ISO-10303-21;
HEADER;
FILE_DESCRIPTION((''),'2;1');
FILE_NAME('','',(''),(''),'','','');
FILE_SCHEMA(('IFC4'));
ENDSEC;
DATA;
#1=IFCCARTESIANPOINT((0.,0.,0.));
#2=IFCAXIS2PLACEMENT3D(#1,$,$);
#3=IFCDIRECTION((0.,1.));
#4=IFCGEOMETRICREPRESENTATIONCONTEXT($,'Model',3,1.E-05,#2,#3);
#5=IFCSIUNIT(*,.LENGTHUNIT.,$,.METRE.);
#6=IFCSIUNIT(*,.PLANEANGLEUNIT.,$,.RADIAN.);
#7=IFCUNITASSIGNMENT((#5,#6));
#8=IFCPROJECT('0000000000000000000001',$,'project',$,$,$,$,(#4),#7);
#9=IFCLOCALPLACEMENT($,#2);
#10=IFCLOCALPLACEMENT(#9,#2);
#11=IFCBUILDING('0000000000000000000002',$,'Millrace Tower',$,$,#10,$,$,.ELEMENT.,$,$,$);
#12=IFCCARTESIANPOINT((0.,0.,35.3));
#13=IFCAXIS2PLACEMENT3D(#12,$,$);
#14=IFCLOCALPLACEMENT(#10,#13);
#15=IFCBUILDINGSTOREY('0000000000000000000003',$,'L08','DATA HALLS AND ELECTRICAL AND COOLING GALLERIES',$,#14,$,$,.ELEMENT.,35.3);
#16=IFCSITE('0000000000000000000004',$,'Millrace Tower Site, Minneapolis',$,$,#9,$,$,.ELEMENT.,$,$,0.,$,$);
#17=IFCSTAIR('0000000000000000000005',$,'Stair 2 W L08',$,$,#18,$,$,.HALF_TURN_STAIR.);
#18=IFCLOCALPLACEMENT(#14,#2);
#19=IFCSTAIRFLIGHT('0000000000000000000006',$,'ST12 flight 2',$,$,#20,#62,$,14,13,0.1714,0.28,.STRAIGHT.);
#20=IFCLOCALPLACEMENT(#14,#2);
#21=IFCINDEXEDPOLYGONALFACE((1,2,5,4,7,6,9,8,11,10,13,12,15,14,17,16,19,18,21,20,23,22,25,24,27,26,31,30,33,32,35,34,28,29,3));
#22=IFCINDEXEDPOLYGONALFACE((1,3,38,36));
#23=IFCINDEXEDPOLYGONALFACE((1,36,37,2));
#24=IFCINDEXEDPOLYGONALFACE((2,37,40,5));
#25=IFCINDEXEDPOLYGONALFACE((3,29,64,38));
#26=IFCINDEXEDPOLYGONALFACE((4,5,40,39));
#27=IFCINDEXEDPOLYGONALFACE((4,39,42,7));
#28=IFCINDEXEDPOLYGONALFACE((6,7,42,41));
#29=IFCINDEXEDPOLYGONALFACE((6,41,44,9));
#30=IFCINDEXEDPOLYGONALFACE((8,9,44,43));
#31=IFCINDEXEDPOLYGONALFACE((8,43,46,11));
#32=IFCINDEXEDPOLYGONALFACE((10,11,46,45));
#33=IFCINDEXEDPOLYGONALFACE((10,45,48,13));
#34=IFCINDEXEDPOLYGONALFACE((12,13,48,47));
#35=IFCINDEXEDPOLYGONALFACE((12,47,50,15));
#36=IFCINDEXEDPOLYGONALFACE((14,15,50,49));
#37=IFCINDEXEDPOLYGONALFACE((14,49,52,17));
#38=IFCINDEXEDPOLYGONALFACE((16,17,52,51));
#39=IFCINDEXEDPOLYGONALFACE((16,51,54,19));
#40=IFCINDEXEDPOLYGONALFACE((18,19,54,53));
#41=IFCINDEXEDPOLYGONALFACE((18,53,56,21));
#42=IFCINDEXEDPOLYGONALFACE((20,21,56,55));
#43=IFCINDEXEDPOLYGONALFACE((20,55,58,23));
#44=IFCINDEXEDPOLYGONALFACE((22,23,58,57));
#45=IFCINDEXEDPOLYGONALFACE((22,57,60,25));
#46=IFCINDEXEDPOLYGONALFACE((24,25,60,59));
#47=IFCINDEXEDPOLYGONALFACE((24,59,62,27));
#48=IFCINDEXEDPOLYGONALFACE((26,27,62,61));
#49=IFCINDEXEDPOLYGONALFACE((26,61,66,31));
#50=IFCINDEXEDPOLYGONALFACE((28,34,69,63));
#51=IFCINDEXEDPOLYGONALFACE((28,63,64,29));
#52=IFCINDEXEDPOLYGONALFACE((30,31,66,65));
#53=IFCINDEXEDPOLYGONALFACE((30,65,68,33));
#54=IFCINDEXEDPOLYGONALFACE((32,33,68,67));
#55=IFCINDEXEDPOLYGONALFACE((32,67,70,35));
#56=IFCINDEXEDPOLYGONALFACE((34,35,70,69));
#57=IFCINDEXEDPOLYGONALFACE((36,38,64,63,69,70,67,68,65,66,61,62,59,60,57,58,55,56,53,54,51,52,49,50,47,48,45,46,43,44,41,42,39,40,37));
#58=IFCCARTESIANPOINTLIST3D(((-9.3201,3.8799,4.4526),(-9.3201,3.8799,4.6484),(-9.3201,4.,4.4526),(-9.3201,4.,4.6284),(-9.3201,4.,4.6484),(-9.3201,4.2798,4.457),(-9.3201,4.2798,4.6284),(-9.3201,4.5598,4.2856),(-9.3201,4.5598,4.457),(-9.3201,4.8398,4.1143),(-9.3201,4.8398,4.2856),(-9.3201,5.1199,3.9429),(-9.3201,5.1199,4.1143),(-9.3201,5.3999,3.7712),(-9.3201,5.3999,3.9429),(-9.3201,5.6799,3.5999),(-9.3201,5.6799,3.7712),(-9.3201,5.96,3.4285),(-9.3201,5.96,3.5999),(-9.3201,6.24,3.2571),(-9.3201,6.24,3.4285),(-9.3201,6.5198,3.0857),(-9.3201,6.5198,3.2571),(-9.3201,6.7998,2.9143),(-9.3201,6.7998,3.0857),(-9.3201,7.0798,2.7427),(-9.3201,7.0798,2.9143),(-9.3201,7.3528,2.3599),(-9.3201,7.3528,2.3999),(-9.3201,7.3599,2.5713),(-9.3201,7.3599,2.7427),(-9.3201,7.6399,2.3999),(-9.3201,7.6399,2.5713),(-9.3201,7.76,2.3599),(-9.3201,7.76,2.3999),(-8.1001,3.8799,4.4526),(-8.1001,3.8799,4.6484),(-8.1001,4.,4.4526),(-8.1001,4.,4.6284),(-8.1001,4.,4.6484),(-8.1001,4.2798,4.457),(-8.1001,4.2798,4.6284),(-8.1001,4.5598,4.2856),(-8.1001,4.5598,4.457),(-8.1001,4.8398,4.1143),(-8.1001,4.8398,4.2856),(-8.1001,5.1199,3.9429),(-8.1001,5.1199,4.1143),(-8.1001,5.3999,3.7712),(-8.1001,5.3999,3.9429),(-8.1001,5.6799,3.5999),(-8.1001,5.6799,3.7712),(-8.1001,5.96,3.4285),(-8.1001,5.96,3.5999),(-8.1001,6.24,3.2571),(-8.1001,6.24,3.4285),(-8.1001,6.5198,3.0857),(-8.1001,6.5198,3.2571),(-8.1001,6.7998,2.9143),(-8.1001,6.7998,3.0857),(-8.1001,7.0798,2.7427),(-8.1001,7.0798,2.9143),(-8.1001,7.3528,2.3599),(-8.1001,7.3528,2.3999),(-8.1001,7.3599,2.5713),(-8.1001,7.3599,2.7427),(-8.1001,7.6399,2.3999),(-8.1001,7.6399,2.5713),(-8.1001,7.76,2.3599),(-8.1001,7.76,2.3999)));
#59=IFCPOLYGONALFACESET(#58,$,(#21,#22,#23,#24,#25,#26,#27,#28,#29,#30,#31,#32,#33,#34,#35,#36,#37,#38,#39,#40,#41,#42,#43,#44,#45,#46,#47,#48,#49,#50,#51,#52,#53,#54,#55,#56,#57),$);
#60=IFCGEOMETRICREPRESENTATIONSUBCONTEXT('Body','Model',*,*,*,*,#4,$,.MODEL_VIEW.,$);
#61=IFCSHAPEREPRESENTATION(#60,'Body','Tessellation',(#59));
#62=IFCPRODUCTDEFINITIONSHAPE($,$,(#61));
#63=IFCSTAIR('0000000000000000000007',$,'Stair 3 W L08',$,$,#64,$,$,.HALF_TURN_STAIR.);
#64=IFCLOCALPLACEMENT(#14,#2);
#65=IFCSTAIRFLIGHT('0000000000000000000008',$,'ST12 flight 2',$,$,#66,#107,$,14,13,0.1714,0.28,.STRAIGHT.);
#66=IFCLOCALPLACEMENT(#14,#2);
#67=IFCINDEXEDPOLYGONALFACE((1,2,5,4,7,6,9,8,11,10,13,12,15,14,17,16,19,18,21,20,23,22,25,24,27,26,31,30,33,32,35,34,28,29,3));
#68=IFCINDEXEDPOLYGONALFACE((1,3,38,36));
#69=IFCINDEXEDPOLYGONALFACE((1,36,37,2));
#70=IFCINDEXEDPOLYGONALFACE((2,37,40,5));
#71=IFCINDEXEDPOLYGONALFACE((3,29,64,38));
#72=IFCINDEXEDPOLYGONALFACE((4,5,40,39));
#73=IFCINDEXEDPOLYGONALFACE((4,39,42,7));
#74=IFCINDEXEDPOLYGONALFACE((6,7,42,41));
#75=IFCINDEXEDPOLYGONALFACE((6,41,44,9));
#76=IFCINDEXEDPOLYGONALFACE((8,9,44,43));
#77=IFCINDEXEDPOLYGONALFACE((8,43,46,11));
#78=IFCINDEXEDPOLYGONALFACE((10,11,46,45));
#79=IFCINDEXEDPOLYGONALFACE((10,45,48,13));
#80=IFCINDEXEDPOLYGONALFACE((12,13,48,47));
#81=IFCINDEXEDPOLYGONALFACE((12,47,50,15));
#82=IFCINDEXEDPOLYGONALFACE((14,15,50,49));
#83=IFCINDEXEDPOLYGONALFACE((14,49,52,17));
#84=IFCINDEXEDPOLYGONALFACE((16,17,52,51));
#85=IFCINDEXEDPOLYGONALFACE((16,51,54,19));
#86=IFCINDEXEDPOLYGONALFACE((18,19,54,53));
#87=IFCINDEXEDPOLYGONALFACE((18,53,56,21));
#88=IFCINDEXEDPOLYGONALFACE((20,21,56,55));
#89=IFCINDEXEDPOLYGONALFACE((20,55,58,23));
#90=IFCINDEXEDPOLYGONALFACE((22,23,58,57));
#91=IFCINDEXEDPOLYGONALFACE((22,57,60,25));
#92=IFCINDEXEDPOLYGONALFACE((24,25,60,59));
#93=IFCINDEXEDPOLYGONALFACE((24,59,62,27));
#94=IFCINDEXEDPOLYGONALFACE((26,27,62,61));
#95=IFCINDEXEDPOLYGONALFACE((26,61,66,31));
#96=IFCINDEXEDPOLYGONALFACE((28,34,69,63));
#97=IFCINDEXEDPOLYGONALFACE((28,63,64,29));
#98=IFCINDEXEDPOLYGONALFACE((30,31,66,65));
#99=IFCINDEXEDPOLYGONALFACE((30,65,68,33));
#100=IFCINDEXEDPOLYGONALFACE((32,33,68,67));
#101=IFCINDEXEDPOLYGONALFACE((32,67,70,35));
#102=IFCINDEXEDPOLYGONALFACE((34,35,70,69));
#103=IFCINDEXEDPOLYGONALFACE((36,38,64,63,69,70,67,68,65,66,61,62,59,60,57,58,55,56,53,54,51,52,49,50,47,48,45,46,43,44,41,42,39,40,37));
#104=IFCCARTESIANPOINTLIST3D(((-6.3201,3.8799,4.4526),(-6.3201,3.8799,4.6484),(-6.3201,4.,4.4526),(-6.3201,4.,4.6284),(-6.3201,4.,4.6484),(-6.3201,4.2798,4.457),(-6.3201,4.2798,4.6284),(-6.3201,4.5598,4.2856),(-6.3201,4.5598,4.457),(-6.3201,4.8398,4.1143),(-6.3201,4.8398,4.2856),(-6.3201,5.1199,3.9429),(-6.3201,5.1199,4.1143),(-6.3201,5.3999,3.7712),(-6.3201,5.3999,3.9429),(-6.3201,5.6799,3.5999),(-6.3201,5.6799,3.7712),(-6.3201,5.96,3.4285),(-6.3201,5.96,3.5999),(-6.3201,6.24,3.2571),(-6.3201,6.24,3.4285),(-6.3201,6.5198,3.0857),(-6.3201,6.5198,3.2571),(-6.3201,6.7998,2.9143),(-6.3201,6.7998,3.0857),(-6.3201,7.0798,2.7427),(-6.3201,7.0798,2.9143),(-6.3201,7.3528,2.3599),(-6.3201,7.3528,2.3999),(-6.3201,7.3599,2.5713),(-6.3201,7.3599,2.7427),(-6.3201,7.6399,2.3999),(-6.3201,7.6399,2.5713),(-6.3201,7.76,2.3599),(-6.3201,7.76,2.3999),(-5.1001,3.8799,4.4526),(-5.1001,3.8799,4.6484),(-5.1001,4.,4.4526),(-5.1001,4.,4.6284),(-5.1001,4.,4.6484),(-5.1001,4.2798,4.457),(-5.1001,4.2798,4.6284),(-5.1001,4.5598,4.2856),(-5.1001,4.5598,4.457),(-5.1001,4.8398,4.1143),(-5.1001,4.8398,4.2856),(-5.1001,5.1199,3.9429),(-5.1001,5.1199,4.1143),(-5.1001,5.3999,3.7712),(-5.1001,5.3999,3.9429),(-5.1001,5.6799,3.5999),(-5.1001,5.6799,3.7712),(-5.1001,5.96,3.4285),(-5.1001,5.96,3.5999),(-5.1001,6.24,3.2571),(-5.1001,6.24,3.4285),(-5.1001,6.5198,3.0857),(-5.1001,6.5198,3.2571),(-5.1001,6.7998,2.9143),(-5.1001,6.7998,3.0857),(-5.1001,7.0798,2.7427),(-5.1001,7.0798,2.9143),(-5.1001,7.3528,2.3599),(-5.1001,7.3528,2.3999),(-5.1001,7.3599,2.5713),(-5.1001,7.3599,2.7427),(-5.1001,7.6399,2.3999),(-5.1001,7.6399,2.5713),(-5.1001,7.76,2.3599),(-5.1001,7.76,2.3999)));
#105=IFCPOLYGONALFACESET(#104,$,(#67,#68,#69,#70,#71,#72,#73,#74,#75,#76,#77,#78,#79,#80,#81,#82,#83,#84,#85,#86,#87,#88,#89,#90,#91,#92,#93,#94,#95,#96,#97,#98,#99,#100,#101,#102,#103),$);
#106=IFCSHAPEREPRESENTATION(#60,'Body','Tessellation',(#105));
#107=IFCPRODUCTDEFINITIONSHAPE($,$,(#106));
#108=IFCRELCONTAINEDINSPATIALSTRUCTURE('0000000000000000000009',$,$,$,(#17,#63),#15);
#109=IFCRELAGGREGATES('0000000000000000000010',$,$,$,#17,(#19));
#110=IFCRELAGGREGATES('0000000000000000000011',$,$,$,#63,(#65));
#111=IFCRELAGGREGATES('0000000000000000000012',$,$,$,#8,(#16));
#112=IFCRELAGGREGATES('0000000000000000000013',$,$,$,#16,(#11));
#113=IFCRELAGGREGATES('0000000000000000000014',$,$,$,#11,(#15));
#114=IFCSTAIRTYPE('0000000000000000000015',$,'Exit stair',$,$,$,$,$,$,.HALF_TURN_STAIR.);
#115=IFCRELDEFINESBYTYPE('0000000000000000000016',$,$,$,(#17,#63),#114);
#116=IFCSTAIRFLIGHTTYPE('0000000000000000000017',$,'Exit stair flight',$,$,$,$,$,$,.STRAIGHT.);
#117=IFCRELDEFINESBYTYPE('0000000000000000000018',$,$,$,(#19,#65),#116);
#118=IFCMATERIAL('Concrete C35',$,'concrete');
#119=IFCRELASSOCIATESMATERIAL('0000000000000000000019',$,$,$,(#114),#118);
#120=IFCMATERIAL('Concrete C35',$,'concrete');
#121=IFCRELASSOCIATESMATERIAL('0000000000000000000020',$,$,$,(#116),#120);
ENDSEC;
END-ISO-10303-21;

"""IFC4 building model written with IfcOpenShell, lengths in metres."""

from ifc_helpers import new_model, si_unit, direction, frame, origin, place, context, subcontext, project, spatial, polyline, outline, extrude, material, type_object, element, aggregate, save


model = new_model("IFC4")

# Units and contexts
model_context = context("Model", 3, precision=1e-05, world=origin(), true_north=direction((0.0, 1.0)))
body_context = subcontext(model_context, "Body", "Model", "MODEL_VIEW")
ifc_project = project(units=[si_unit("LENGTHUNIT", "METRE"), si_unit("PLANEANGLEUNIT", "RADIAN")], contexts=[model_context])

# Site, building, storey
site_placement = place(None, origin())
site = spatial("IfcSite", under=ifc_project, at=site_placement, Name="Millrace Tower Site, Minneapolis", CompositionType="ELEMENT", RefElevation=0.0)
building_placement = place(site_placement, origin())
building = spatial("IfcBuilding", under=site, at=building_placement, Name="Millrace Tower", CompositionType="ELEMENT")
storey_placement = place(building_placement, frame((0.0, 0.0, 35.3)))
storey = spatial("IfcBuildingStorey", under=building, at=storey_placement, Name="L08", Description="DATA HALLS AND ELECTRICAL AND COOLING GALLERIES", CompositionType="ELEMENT", Elevation=35.3)

# Shared definitions
placement = place(storey_placement, origin())

# Stairs, stair flights
ifc_material_1 = material(Name="Concrete C35", Category="concrete")
stair_type = type_object("IfcStairType", Name="Exit stair", PredefinedType="HALF_TURN_STAIR", material=ifc_material_1)
ifc_material_2 = material(Name="Concrete C35", Category="concrete")
stair_flight_type = type_object("IfcStairFlightType", Name="Exit stair flight", PredefinedType="STRAIGHT", material=ifc_material_2)
stair_1 = element("IfcStair", 1, at=placement, inside=storey, type_object=stair_type, Name="Stair 2 W L08", PredefinedType="HALF_TURN_STAIR")
stair_flight_1_placement = place(storey_placement, frame((-8.71, 7.6399, 2.3999), z_axis=(0.0, 0.0, 1.0), x_axis=(0.0, -1.0, 0.0)))
stair_flight_1 = element("IfcStairFlight", 2, at=stair_flight_1_placement, type_object=stair_flight_type, Name="ST12 flight 2", NumberOfRisers=14, NumberOfTreads=13, PredefinedType="STRAIGHT", RiserHeight=0.1714, TreadLength=0.28, context=body_context, shape_type="SweptSolid", body=[
    extrude(outline(polyline([(-0.1201, -0.04), (-0.1201, 0.0), (0.0, 0.0), (0.0, 0.1714), (0.28, 0.1714), (0.28, 0.3428), (0.5601, 0.3428), (0.5601, 0.5144), (0.8401, 0.5144), (0.8401, 0.6858), (1.1201, 0.6858), (1.1201, 0.8572), (1.3999, 0.8572), (1.3999, 1.0286), (1.6799, 1.0286), (1.6799, 1.2), (1.96, 1.2), (1.96, 1.3713), (2.24, 1.3713), (2.24, 1.543), (2.52, 1.543), (2.52, 1.7144), (2.8, 1.7144), (2.8, 1.8857), (3.0801, 1.8857), (3.0801, 2.0571), (3.3601, 2.0571), (3.3601, 2.2285), (3.6399, 2.2285), (3.6399, 2.2485), (3.76, 2.2485), (3.76, 2.0527), (3.6399, 2.0527), (0.2871, 0.0), (0.2871, -0.04), (-0.1201, -0.04)])), frame((0.0, 0.6099, 0.0), z_axis=(0.0, -1.0, 0.0), x_axis=(1.0, 0.0, 0.0)), (0.0, 0.0, 1.0), 1.22),
])
aggregate(stair_1, [stair_flight_1])
stair_2 = element("IfcStair", 3, at=placement, inside=storey, type_object=stair_type, Name="Stair 3 W L08", PredefinedType="HALF_TURN_STAIR")
stair_flight_2_placement = place(storey_placement, frame((-5.71, 7.6399, 2.3999), z_axis=(0.0, 0.0, 1.0), x_axis=(0.0, -1.0, 0.0)))
stair_flight_2 = element("IfcStairFlight", 4, at=stair_flight_2_placement, type_object=stair_flight_type, Name="ST12 flight 2", NumberOfRisers=14, NumberOfTreads=13, PredefinedType="STRAIGHT", RiserHeight=0.1714, TreadLength=0.28, context=body_context, shape_type="SweptSolid", body=[
    extrude(outline(polyline([(-0.1201, -0.04), (-0.1201, 0.0), (0.0, 0.0), (0.0, 0.1714), (0.28, 0.1714), (0.28, 0.3428), (0.5601, 0.3428), (0.5601, 0.5144), (0.8401, 0.5144), (0.8401, 0.6858), (1.1201, 0.6858), (1.1201, 0.8572), (1.3999, 0.8572), (1.3999, 1.0286), (1.6799, 1.0286), (1.6799, 1.2), (1.96, 1.2), (1.96, 1.3713), (2.24, 1.3713), (2.24, 1.543), (2.52, 1.543), (2.52, 1.7144), (2.8, 1.7144), (2.8, 1.8857), (3.0801, 1.8857), (3.0801, 2.0571), (3.3601, 2.0571), (3.3601, 2.2285), (3.6399, 2.2285), (3.6399, 2.2485), (3.76, 2.2485), (3.76, 2.0527), (3.6399, 2.0527), (0.2871, 0.0), (0.2871, -0.04), (-0.1201, -0.04)])), frame((0.0, 0.6099, 0.0), z_axis=(0.0, -1.0, 0.0), x_axis=(1.0, 0.0, 0.0)), (0.0, 0.0, 1.0), 1.22),
])
aggregate(stair_2, [stair_flight_2])

save(model, "model.ifc")
